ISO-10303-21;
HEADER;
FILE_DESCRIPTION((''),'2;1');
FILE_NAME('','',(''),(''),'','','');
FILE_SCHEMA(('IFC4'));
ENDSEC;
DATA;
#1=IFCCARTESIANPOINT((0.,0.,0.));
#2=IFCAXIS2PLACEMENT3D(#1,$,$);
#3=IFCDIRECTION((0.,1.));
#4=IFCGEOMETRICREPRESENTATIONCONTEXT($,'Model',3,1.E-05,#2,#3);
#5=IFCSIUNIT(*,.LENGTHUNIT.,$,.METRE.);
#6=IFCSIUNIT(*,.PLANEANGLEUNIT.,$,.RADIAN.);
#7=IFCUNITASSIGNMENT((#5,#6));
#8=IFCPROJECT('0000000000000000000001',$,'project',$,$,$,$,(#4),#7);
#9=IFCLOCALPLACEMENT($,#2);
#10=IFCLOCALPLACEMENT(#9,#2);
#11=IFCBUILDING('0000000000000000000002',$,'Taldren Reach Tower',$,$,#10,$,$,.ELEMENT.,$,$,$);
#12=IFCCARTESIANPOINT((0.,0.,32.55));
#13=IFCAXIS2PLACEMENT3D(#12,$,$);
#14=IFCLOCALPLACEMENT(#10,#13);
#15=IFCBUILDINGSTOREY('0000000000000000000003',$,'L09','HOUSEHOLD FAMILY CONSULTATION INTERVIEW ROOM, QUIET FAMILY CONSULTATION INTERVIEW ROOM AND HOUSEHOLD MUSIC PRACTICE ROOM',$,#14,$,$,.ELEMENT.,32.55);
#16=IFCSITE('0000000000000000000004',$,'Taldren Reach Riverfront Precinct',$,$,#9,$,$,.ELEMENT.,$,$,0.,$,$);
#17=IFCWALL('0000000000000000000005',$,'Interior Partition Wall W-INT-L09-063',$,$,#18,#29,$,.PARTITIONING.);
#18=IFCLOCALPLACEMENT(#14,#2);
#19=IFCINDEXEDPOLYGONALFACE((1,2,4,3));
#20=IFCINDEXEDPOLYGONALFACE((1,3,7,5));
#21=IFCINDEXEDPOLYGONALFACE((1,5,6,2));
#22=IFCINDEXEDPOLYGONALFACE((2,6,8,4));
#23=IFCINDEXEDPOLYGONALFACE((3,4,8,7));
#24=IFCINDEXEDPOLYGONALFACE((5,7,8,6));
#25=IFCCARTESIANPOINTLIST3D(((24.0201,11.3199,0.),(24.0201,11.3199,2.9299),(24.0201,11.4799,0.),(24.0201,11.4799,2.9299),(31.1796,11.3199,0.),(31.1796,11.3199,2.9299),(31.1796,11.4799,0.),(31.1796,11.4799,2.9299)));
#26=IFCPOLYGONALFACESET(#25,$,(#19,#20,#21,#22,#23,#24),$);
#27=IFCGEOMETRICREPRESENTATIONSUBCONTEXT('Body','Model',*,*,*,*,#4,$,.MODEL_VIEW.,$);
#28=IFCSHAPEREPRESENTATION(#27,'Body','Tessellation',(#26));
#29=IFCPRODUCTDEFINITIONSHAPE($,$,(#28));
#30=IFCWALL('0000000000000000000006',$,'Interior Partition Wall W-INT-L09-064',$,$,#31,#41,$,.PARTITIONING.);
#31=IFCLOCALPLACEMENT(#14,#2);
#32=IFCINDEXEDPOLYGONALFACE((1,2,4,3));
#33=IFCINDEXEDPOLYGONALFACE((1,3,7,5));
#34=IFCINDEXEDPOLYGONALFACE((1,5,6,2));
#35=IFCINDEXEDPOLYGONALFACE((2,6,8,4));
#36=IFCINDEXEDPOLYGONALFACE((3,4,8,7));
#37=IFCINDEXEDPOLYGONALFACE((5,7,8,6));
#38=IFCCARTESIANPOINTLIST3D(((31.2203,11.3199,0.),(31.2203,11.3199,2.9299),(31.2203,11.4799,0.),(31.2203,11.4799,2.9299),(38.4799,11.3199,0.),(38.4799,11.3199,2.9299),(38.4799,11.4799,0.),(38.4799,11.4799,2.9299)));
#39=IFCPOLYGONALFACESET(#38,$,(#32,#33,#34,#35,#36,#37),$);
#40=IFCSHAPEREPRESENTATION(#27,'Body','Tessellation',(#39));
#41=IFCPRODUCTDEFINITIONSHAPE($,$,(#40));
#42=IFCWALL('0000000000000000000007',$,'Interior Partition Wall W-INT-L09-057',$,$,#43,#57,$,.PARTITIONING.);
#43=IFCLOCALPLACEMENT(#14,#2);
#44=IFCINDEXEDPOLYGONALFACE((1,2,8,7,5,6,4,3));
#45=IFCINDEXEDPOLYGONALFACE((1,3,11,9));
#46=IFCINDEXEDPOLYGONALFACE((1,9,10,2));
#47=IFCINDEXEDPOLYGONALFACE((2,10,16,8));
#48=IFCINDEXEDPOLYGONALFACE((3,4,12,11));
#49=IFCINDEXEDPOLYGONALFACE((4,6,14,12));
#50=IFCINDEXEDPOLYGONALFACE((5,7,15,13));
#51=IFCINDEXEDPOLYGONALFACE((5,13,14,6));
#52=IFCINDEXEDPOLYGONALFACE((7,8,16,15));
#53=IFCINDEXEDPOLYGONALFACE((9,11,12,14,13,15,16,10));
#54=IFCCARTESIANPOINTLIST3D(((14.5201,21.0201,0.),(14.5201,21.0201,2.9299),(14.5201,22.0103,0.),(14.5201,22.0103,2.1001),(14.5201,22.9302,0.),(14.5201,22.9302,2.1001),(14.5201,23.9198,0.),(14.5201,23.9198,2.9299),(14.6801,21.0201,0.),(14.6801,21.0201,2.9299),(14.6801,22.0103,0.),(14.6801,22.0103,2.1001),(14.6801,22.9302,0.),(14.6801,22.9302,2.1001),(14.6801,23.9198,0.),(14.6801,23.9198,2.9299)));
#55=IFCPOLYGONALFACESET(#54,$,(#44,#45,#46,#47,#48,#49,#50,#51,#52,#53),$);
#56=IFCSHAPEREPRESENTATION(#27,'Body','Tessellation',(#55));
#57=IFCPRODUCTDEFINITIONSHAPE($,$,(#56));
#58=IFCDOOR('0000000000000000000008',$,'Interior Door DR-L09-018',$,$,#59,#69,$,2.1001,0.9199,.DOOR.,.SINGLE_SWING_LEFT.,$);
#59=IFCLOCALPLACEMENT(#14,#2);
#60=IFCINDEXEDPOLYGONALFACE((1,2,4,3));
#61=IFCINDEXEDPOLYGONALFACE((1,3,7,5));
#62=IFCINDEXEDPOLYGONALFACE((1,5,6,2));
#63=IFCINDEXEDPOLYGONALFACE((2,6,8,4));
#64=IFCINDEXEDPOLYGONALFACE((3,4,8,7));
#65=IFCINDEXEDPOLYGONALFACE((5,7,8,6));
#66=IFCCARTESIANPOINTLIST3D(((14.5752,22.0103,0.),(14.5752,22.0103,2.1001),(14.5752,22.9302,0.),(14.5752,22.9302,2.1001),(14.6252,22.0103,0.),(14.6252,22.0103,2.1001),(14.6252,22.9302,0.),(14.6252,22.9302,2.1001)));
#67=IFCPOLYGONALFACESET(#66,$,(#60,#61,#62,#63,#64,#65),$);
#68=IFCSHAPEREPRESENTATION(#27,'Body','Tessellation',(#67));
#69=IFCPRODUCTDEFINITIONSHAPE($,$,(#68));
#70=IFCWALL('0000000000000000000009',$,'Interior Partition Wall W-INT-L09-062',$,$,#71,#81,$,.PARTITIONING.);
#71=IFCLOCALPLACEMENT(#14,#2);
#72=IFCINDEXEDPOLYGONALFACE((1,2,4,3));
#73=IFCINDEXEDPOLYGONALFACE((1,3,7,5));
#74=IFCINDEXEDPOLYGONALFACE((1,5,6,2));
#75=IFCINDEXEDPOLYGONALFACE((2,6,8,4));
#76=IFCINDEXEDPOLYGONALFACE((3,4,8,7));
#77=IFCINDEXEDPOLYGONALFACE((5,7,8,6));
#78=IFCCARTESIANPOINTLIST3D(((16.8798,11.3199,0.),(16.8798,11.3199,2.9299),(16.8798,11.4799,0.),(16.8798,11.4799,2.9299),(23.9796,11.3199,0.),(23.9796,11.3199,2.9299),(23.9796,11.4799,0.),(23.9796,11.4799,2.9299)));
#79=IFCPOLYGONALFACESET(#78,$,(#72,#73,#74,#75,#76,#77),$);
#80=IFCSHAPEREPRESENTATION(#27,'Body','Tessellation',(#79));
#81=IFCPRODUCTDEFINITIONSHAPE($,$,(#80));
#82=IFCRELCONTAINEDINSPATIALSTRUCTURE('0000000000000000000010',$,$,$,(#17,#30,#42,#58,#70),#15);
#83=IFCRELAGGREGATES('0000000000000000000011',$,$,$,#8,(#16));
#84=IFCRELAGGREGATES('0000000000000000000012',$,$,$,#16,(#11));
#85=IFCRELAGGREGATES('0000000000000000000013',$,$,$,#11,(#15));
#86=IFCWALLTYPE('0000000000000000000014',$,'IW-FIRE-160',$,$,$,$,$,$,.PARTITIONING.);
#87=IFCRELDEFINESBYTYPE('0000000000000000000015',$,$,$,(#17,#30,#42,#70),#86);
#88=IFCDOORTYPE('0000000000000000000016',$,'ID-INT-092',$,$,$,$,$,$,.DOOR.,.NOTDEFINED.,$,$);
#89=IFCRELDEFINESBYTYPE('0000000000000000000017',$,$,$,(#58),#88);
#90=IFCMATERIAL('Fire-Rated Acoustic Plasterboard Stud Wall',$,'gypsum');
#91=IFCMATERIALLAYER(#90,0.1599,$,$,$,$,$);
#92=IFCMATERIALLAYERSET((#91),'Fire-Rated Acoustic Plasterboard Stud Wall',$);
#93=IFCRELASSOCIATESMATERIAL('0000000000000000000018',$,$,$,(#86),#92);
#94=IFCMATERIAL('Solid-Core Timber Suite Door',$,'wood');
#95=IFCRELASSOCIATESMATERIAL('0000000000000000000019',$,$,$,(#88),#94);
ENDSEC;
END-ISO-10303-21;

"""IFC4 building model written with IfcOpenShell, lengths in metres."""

from ifc_helpers import new_model, si_unit, direction, frame, frame_2d, origin, place, context, subcontext, project, spatial, rectangle, extrude, source, transform, mapped, material, layer, layer_set, type_object, element, fill, save


model = new_model("IFC4")

# Units and contexts
model_context = context("Model", 3, precision=1e-05, world=origin(), true_north=direction((0.0, 1.0)))
body_context = subcontext(model_context, "Body", "Model", "MODEL_VIEW")
ifc_project = project(units=[si_unit("LENGTHUNIT", "METRE"), si_unit("PLANEANGLEUNIT", "RADIAN")], contexts=[model_context])

# Site, building, storey
site_placement = place(None, origin())
site = spatial("IfcSite", under=ifc_project, at=site_placement, Name="Taldren Reach Riverfront Precinct", CompositionType="ELEMENT", RefElevation=0.0)
building_placement = place(site_placement, origin())
building = spatial("IfcBuilding", under=site, at=building_placement, Name="Taldren Reach Tower", CompositionType="ELEMENT")
storey_placement = place(building_placement, frame((0.0, 0.0, 32.55)))
storey = spatial("IfcBuildingStorey", under=building, at=storey_placement, Name="L09", Description="HOUSEHOLD FAMILY CONSULTATION INTERVIEW ROOM, QUIET FAMILY CONSULTATION INTERVIEW ROOM AND HOUSEHOLD MUSIC PRACTICE ROOM", CompositionType="ELEMENT", Elevation=32.55)

# Shared definitions
ifc_material_1 = material(Name="Fire-Rated Acoustic Plasterboard Stud Wall", Category="gypsum")
ifc_layer = layer(ifc_material_1, 0.1599)
ifc_layer_set = layer_set([ifc_layer], Name="Fire-Rated Acoustic Plasterboard Stud Wall")
wall_type = type_object("IfcWallType", Name="IW-FIRE-160", PredefinedType="PARTITIONING", material=ifc_layer_set)

# Shared definitions
shared_shape_1 = source(origin(), body_context, "Body", "SweptSolid", [
    extrude(rectangle(XDim=0.9199, YDim=2.1001, at=frame_2d((0.46, 1.05))), frame((0.0, 0.0898, 0.0), z_axis=(0.0, -1.0, 0.0), x_axis=(1.0, 0.0, 0.0)), (0.0, 0.0, 1.0), 0.1799),
])
ifc_material_2 = material(Name="Solid-Core Timber Suite Door", Category="wood")
door_type_1 = type_object("IfcDoorType", Name="ID-INT-092", OperationType="NOTDEFINED", PredefinedType="DOOR", material=ifc_material_2)
shared_shape_2 = source(origin(), body_context, "Body", "SweptSolid", [
    extrude(rectangle(XDim=0.9199, YDim=2.1001, at=frame_2d((0.46, 1.05))), frame((0.0, 0.0249, 0.0), z_axis=(0.0, -1.0, 0.0), x_axis=(1.0, 0.0, 0.0)), (0.0, 0.0, 1.0), 0.05),
])

# Walls
shared_shape_3 = source(origin(), body_context, "Body", "SweptSolid", [
    extrude(rectangle(XDim=7.1594, YDim=0.1599, at=frame_2d((3.5796, 0.0))), origin(), (0.0, 0.0, 1.0), 2.9299),
])
wall_1_placement = place(storey_placement, frame((24.0203, 11.3999, 0.0), z_axis=(0.0, 0.0, 1.0), x_axis=(1.0, 0.0, 0.0)))
element("IfcWall", 1, at=wall_1_placement, inside=storey, type_object=wall_type, Name="Interior Partition Wall W-INT-L09-063", PredefinedType="PARTITIONING", context=body_context, shape_type="MappedRepresentation", body=[
    mapped(shared_shape_3, transform((0.0, 0.0, 0.0), scale=1.0)),
])
shared_shape_4 = source(origin(), body_context, "Body", "SweptSolid", [
    extrude(rectangle(XDim=7.2595, YDim=0.1599, at=frame_2d((3.6299, 0.0))), origin(), (0.0, 0.0, 1.0), 2.9299),
])
wall_2_placement = place(storey_placement, frame((31.2202, 11.3999, 0.0), z_axis=(0.0, 0.0, 1.0), x_axis=(1.0, 0.0, 0.0)))
element("IfcWall", 2, at=wall_2_placement, inside=storey, type_object=wall_type, Name="Interior Partition Wall W-INT-L09-064", PredefinedType="PARTITIONING", context=body_context, shape_type="MappedRepresentation", body=[
    mapped(shared_shape_4, transform((0.0, 0.0, 0.0), scale=1.0)),
])

# Wall, opening, door
shared_shape_5 = source(origin(), body_context, "Body", "SweptSolid", [
    extrude(rectangle(XDim=2.8997, YDim=0.1599, at=frame_2d((1.4497, 0.0))), origin(), (0.0, 0.0, 1.0), 2.9299),
])
wall_3_placement = place(storey_placement, frame((14.6001, 21.0203, 0.0), z_axis=(0.0, 0.0, 1.0), x_axis=(0.0, 1.0, 0.0)))
wall_3 = element("IfcWall", 3, at=wall_3_placement, inside=storey, type_object=wall_type, Name="Interior Partition Wall W-INT-L09-057", PredefinedType="PARTITIONING", context=body_context, shape_type="MappedRepresentation", body=[
    mapped(shared_shape_5, transform((0.0, 0.0, 0.0), scale=1.0)),
])
opening_1_placement = place(wall_3_placement, frame((0.99, 0.0, 0.0)))
opening_1 = element("IfcOpeningElement", 4, at=opening_1_placement, cuts=wall_3, PredefinedType="OPENING", context=body_context, shape_type="MappedRepresentation", body=[
    mapped(shared_shape_1, transform((0.0, 0.0, 0.0), scale=1.0)),
])
door_1_placement = place(opening_1_placement, origin())
door_1 = element("IfcDoor", 5, at=door_1_placement, inside=storey, type_object=door_type_1, Name="Interior Door DR-L09-018", OperationType="SINGLE_SWING_LEFT", OverallHeight=2.1001, OverallWidth=0.9199, PredefinedType="DOOR", context=body_context, shape_type="MappedRepresentation", body=[
    mapped(shared_shape_2, transform((0.0, 0.0, 0.0), scale=1.0)),
])
fill(opening_1, door_1)

# Wall
shared_shape_6 = source(origin(), body_context, "Body", "SweptSolid", [
    extrude(rectangle(XDim=7.0999, YDim=0.1599, at=frame_2d((3.5498, 0.0))), origin(), (0.0, 0.0, 1.0), 2.9299),
])
wall_4_placement = place(storey_placement, frame((16.8799, 11.3999, 0.0), z_axis=(0.0, 0.0, 1.0), x_axis=(1.0, 0.0, 0.0)))
element("IfcWall", 6, at=wall_4_placement, inside=storey, type_object=wall_type, Name="Interior Partition Wall W-INT-L09-062", PredefinedType="PARTITIONING", context=body_context, shape_type="MappedRepresentation", body=[
    mapped(shared_shape_6, transform((0.0, 0.0, 0.0), scale=1.0)),
])

save(model, "model.ifc")
